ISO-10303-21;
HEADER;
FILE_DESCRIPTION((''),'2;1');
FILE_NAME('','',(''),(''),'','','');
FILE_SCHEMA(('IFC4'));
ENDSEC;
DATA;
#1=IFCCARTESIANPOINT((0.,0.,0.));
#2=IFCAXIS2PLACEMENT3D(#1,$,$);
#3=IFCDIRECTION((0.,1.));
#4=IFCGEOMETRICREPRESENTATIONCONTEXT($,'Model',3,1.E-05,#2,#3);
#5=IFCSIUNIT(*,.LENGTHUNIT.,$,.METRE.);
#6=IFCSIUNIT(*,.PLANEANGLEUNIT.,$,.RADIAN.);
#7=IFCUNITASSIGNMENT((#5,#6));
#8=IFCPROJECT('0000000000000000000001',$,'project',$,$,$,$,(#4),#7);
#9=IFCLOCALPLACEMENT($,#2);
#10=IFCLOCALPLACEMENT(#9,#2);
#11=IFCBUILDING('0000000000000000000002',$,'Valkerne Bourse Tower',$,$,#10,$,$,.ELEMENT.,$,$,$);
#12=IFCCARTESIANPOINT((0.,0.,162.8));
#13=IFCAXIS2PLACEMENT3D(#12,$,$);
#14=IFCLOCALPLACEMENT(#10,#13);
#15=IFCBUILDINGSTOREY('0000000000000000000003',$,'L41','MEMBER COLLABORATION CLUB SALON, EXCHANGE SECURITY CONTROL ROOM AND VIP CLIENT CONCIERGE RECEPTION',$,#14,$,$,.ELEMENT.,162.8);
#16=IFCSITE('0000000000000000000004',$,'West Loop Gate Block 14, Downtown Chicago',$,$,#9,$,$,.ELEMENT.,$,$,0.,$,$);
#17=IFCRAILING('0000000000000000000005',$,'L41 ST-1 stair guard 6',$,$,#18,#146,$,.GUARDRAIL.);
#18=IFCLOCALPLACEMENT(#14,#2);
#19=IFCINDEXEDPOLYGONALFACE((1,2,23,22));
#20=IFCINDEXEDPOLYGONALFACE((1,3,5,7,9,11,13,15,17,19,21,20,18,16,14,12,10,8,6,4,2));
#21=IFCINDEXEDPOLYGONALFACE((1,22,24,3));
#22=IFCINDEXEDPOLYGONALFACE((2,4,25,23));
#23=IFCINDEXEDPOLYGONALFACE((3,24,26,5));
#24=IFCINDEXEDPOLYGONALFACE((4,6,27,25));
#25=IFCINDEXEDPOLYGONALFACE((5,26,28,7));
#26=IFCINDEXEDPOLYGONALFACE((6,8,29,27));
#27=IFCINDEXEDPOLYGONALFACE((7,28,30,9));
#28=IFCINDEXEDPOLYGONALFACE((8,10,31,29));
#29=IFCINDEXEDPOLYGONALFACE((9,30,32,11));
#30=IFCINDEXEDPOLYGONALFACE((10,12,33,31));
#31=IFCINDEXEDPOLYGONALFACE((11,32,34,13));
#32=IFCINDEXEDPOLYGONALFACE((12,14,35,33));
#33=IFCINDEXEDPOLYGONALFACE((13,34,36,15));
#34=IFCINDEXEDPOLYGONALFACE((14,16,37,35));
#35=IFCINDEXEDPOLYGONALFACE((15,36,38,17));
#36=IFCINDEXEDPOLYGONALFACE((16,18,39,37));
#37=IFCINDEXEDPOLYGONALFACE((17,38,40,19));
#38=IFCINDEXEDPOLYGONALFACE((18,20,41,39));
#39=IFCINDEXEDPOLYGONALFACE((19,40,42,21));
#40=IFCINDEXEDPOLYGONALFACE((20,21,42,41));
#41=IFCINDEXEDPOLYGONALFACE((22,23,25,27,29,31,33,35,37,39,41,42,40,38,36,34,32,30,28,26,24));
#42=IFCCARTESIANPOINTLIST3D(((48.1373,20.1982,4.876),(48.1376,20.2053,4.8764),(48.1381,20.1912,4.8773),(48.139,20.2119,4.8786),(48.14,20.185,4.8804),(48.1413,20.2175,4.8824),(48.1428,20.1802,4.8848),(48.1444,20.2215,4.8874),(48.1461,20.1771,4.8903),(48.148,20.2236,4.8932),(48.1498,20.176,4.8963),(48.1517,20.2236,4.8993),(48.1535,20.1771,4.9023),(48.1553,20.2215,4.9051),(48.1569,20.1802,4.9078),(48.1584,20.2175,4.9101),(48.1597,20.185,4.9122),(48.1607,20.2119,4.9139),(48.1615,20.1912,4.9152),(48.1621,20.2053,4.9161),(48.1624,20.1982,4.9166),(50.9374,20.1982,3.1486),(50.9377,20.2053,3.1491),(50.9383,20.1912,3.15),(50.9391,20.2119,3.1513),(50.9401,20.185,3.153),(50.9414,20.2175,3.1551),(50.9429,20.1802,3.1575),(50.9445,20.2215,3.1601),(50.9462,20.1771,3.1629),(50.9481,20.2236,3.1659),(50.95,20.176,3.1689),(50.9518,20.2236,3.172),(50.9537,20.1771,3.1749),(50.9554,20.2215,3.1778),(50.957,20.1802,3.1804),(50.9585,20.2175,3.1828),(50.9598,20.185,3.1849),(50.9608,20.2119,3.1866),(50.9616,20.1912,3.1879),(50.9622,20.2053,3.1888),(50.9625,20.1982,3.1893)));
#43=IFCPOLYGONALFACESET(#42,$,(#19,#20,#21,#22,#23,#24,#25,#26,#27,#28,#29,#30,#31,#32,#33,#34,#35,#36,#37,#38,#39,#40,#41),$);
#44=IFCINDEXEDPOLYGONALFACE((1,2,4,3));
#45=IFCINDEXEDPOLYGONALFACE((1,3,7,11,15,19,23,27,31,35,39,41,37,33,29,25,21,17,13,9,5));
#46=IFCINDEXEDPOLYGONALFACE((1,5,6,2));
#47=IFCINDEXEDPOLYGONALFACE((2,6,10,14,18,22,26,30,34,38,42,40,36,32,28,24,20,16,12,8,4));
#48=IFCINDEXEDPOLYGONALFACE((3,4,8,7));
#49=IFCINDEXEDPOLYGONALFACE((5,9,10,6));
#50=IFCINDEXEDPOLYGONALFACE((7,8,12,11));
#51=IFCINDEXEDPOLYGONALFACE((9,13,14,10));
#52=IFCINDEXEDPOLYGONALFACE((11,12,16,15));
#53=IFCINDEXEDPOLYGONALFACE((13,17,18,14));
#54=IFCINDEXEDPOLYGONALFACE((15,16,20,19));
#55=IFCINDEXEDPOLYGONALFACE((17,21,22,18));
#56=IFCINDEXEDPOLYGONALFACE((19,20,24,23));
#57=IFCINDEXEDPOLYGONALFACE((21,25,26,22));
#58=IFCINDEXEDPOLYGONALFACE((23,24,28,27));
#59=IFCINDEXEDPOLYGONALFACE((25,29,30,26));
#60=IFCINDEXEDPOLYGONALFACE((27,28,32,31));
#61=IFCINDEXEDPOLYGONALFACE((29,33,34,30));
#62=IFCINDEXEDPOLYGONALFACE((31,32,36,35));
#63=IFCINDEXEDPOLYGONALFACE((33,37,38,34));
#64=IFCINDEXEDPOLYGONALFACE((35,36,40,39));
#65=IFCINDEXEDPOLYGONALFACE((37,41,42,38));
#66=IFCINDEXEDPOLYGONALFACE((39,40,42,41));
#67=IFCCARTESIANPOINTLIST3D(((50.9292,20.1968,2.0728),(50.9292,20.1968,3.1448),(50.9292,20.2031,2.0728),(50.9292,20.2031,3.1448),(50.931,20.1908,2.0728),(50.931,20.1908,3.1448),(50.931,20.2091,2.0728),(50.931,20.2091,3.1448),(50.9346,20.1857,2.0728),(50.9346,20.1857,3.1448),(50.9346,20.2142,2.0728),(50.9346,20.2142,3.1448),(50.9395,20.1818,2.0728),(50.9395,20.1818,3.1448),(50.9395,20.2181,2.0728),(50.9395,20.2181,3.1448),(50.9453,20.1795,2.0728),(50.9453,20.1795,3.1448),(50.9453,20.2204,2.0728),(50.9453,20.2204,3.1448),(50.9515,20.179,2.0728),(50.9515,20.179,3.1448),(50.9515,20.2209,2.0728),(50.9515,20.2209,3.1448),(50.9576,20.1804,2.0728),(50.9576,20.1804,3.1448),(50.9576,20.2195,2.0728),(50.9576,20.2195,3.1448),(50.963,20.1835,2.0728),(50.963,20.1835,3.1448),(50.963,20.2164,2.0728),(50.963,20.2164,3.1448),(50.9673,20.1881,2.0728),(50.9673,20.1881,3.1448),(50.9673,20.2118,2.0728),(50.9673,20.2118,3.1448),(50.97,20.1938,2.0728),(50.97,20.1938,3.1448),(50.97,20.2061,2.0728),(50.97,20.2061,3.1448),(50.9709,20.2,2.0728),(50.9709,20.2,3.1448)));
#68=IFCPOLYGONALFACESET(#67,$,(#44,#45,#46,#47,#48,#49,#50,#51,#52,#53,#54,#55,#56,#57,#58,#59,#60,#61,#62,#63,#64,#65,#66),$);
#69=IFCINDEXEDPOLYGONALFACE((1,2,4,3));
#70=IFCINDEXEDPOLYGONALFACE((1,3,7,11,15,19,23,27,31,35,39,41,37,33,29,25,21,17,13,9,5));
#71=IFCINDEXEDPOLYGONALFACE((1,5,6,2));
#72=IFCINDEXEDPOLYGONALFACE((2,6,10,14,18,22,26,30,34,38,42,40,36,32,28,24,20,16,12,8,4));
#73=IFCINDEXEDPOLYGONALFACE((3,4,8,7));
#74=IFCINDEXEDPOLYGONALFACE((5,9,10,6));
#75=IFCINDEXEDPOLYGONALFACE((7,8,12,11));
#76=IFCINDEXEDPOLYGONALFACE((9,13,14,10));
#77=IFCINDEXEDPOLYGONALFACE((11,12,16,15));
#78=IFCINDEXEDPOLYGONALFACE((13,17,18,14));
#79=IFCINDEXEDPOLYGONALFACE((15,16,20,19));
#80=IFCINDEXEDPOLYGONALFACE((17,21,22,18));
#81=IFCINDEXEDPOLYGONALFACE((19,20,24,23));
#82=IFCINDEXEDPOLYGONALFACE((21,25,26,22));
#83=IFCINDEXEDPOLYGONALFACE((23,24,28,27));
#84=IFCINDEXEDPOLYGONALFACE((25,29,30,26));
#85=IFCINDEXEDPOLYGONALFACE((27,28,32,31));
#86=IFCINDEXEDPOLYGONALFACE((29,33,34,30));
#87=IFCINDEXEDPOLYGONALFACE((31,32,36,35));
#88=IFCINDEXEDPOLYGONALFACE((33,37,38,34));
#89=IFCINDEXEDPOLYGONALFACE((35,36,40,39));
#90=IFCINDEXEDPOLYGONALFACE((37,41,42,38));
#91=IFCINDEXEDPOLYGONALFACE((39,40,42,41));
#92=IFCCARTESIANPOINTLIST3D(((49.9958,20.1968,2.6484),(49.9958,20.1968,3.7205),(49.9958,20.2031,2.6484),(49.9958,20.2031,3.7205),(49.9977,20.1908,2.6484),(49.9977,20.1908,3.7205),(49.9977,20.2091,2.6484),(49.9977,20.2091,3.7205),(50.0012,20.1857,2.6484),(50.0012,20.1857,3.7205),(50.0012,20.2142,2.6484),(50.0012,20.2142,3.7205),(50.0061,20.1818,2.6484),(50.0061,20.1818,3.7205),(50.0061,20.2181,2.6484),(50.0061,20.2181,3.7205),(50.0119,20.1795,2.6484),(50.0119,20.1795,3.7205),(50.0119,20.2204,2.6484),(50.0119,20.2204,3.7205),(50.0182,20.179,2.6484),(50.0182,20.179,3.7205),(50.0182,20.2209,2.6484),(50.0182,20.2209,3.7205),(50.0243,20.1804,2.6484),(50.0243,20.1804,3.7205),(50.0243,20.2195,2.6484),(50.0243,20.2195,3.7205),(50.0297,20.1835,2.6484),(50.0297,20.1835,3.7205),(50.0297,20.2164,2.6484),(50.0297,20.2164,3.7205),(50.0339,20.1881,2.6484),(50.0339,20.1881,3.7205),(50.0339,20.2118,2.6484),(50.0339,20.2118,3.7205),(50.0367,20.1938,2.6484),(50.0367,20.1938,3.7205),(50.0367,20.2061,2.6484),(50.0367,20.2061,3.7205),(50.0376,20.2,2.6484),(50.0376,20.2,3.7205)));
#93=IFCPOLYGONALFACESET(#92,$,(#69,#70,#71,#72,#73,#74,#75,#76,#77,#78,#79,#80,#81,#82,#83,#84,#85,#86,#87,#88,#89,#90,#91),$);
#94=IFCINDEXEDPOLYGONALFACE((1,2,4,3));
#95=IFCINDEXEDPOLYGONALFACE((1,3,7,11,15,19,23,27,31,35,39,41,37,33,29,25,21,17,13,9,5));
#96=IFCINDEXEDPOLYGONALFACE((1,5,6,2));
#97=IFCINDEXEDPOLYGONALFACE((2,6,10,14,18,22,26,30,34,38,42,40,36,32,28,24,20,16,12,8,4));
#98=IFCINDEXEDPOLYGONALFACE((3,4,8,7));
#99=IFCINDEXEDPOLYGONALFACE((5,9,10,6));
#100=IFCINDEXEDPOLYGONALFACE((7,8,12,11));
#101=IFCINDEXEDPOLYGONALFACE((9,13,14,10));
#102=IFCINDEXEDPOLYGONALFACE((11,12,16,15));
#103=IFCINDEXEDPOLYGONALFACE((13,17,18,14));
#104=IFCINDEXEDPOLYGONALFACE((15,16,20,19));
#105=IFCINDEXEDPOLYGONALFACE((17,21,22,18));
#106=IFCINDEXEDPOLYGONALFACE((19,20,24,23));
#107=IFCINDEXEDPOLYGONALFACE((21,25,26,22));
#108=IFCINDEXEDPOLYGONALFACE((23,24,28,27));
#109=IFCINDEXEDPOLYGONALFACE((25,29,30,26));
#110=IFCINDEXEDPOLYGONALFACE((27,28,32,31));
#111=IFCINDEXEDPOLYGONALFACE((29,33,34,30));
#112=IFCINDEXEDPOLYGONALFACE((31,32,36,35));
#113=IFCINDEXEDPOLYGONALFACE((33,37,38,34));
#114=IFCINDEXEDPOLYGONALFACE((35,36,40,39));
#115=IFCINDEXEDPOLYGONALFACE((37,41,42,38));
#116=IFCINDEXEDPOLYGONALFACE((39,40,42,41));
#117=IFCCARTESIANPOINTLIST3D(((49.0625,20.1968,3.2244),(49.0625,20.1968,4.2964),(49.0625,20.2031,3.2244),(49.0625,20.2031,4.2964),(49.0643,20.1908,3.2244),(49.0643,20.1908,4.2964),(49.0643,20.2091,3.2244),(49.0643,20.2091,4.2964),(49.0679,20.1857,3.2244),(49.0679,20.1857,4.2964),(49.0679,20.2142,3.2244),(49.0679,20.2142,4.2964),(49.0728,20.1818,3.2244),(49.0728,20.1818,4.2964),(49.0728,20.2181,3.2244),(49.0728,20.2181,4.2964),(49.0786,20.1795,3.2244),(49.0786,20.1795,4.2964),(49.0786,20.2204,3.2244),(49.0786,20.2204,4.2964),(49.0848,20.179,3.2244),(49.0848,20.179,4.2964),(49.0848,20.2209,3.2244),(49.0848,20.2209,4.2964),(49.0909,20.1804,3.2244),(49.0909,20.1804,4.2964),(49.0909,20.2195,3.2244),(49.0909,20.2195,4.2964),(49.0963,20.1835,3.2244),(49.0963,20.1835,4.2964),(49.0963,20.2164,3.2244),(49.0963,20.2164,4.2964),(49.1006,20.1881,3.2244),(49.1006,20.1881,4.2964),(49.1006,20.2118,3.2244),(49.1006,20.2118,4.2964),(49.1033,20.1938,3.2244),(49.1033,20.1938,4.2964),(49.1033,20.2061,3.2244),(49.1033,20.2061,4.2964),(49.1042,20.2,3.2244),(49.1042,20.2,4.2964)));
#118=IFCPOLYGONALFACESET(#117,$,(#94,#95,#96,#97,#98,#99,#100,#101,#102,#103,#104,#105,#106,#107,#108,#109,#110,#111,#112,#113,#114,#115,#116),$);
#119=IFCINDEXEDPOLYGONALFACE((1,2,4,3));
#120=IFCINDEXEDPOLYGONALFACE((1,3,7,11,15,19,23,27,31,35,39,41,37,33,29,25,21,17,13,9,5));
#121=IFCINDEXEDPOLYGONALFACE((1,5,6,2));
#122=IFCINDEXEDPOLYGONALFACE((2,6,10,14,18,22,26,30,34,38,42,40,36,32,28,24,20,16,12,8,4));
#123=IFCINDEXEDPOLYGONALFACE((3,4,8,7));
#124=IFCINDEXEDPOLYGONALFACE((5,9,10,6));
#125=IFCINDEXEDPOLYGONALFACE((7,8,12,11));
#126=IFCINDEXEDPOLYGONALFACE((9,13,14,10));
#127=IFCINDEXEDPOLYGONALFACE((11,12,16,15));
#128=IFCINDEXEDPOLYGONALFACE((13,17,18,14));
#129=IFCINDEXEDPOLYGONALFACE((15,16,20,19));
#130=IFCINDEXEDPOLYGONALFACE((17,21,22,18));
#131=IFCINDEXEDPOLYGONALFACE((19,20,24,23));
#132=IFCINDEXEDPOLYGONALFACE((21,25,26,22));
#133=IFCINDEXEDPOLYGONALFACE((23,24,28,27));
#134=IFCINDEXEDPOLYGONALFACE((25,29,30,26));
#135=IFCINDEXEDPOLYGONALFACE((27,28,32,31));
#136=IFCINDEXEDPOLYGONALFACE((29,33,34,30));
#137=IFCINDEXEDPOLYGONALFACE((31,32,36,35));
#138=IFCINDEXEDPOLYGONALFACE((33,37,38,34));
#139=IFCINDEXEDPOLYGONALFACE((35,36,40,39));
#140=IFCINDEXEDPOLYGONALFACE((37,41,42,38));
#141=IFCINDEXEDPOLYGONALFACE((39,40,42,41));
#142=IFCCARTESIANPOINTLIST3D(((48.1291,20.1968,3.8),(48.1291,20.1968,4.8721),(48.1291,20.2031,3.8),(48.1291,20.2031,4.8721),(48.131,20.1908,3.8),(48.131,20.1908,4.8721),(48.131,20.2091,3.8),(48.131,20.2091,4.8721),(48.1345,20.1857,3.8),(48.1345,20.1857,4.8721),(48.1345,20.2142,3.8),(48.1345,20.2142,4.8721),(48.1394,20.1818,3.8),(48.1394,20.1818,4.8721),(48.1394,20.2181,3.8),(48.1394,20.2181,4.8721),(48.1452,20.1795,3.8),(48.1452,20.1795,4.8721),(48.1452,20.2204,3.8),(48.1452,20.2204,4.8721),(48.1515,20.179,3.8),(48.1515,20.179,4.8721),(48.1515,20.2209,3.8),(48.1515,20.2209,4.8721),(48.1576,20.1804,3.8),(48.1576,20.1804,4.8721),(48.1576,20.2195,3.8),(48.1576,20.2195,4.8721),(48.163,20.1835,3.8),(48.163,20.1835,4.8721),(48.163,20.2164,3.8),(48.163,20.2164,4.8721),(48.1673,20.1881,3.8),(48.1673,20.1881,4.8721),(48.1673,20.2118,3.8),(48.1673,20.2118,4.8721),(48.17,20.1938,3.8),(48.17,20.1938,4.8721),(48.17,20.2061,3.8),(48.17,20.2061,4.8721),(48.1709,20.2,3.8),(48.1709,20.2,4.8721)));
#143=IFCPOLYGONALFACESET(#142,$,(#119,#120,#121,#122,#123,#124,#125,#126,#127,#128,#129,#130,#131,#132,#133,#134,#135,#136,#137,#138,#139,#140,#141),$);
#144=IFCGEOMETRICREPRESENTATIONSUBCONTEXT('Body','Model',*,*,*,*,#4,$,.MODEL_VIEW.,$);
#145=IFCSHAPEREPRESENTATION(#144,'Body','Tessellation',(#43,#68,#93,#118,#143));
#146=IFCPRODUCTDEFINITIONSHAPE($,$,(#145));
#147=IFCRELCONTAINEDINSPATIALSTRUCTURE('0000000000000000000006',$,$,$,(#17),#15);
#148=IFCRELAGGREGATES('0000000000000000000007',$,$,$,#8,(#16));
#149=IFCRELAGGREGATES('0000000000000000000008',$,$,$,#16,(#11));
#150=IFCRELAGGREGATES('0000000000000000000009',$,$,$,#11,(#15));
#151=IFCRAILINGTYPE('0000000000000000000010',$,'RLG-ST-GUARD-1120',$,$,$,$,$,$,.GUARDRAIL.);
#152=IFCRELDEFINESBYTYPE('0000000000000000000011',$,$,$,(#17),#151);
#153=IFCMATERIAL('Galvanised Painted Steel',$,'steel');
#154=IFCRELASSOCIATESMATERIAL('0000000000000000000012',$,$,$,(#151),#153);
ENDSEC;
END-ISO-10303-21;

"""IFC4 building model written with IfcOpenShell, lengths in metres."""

from ifc_helpers import new_model, si_unit, direction, frame, origin, origin_2d, place, context, subcontext, project, spatial, circle, extrude, material, type_object, element, save


model = new_model("IFC4")

# Units and contexts
model_context = context("Model", 3, precision=1e-05, world=origin(), true_north=direction((0.0, 1.0)))
body_context = subcontext(model_context, "Body", "Model", "MODEL_VIEW")
ifc_project = project(units=[si_unit("LENGTHUNIT", "METRE"), si_unit("PLANEANGLEUNIT", "RADIAN")], contexts=[model_context])

# Site, building, storey
site_placement = place(None, origin())
site = spatial("IfcSite", under=ifc_project, at=site_placement, Name="West Loop Gate Block 14, Downtown Chicago", CompositionType="ELEMENT", RefElevation=0.0)
building_placement = place(site_placement, origin())
building = spatial("IfcBuilding", under=site, at=building_placement, Name="Valkerne Bourse Tower", CompositionType="ELEMENT")
storey_placement = place(building_placement, frame((0.0, 0.0, 162.8)))
storey = spatial("IfcBuildingStorey", under=building, at=storey_placement, Name="L41", Description="MEMBER COLLABORATION CLUB SALON, EXCHANGE SECURITY CONTROL ROOM AND VIP CLIENT CONCIERGE RECEPTION", CompositionType="ELEMENT", Elevation=162.8)

# Shared definitions
ifc_material_1 = material(Name="Galvanised Painted Steel", Category="steel")

# Railing
railing_type_1 = type_object("IfcRailingType", Name="RLG-ST-GUARD-1120", PredefinedType="GUARDRAIL", material=ifc_material_1)
railing_1_placement = place(storey_placement, frame((50.95, 20.2, 2.0728)))
element("IfcRailing", 1, at=railing_1_placement, inside=storey, type_object=railing_type_1, Name="L41 ST-1 stair guard 6", PredefinedType="GUARDRAIL", context=body_context, shape_type="SweptSolid", body=[
    extrude(circle(Radius=0.0239, at=origin_2d()), frame((0.0, 0.0, 1.0962), z_axis=(-0.85109, 0.0, 0.52502), x_axis=(0.0, -1.0, 0.0)), (0.0, 0.0, 1.0), 3.29),
    extrude(circle(Radius=0.021, at=origin_2d()), origin(), (0.0, 0.0, 1.0), 1.072),
    extrude(circle(Radius=0.021, at=origin_2d()), frame((-0.9333, 0.0, 0.5757)), (0.0, 0.0, 1.0), 1.072),
    extrude(circle(Radius=0.021, at=origin_2d()), frame((-1.8667, 0.0, 1.1516)), (0.0, 0.0, 1.0), 1.072),
    extrude(circle(Radius=0.021, at=origin_2d()), frame((-2.8, 0.0, 1.7273)), (0.0, 0.0, 1.0), 1.072),
])

save(model, "model.ifc")
